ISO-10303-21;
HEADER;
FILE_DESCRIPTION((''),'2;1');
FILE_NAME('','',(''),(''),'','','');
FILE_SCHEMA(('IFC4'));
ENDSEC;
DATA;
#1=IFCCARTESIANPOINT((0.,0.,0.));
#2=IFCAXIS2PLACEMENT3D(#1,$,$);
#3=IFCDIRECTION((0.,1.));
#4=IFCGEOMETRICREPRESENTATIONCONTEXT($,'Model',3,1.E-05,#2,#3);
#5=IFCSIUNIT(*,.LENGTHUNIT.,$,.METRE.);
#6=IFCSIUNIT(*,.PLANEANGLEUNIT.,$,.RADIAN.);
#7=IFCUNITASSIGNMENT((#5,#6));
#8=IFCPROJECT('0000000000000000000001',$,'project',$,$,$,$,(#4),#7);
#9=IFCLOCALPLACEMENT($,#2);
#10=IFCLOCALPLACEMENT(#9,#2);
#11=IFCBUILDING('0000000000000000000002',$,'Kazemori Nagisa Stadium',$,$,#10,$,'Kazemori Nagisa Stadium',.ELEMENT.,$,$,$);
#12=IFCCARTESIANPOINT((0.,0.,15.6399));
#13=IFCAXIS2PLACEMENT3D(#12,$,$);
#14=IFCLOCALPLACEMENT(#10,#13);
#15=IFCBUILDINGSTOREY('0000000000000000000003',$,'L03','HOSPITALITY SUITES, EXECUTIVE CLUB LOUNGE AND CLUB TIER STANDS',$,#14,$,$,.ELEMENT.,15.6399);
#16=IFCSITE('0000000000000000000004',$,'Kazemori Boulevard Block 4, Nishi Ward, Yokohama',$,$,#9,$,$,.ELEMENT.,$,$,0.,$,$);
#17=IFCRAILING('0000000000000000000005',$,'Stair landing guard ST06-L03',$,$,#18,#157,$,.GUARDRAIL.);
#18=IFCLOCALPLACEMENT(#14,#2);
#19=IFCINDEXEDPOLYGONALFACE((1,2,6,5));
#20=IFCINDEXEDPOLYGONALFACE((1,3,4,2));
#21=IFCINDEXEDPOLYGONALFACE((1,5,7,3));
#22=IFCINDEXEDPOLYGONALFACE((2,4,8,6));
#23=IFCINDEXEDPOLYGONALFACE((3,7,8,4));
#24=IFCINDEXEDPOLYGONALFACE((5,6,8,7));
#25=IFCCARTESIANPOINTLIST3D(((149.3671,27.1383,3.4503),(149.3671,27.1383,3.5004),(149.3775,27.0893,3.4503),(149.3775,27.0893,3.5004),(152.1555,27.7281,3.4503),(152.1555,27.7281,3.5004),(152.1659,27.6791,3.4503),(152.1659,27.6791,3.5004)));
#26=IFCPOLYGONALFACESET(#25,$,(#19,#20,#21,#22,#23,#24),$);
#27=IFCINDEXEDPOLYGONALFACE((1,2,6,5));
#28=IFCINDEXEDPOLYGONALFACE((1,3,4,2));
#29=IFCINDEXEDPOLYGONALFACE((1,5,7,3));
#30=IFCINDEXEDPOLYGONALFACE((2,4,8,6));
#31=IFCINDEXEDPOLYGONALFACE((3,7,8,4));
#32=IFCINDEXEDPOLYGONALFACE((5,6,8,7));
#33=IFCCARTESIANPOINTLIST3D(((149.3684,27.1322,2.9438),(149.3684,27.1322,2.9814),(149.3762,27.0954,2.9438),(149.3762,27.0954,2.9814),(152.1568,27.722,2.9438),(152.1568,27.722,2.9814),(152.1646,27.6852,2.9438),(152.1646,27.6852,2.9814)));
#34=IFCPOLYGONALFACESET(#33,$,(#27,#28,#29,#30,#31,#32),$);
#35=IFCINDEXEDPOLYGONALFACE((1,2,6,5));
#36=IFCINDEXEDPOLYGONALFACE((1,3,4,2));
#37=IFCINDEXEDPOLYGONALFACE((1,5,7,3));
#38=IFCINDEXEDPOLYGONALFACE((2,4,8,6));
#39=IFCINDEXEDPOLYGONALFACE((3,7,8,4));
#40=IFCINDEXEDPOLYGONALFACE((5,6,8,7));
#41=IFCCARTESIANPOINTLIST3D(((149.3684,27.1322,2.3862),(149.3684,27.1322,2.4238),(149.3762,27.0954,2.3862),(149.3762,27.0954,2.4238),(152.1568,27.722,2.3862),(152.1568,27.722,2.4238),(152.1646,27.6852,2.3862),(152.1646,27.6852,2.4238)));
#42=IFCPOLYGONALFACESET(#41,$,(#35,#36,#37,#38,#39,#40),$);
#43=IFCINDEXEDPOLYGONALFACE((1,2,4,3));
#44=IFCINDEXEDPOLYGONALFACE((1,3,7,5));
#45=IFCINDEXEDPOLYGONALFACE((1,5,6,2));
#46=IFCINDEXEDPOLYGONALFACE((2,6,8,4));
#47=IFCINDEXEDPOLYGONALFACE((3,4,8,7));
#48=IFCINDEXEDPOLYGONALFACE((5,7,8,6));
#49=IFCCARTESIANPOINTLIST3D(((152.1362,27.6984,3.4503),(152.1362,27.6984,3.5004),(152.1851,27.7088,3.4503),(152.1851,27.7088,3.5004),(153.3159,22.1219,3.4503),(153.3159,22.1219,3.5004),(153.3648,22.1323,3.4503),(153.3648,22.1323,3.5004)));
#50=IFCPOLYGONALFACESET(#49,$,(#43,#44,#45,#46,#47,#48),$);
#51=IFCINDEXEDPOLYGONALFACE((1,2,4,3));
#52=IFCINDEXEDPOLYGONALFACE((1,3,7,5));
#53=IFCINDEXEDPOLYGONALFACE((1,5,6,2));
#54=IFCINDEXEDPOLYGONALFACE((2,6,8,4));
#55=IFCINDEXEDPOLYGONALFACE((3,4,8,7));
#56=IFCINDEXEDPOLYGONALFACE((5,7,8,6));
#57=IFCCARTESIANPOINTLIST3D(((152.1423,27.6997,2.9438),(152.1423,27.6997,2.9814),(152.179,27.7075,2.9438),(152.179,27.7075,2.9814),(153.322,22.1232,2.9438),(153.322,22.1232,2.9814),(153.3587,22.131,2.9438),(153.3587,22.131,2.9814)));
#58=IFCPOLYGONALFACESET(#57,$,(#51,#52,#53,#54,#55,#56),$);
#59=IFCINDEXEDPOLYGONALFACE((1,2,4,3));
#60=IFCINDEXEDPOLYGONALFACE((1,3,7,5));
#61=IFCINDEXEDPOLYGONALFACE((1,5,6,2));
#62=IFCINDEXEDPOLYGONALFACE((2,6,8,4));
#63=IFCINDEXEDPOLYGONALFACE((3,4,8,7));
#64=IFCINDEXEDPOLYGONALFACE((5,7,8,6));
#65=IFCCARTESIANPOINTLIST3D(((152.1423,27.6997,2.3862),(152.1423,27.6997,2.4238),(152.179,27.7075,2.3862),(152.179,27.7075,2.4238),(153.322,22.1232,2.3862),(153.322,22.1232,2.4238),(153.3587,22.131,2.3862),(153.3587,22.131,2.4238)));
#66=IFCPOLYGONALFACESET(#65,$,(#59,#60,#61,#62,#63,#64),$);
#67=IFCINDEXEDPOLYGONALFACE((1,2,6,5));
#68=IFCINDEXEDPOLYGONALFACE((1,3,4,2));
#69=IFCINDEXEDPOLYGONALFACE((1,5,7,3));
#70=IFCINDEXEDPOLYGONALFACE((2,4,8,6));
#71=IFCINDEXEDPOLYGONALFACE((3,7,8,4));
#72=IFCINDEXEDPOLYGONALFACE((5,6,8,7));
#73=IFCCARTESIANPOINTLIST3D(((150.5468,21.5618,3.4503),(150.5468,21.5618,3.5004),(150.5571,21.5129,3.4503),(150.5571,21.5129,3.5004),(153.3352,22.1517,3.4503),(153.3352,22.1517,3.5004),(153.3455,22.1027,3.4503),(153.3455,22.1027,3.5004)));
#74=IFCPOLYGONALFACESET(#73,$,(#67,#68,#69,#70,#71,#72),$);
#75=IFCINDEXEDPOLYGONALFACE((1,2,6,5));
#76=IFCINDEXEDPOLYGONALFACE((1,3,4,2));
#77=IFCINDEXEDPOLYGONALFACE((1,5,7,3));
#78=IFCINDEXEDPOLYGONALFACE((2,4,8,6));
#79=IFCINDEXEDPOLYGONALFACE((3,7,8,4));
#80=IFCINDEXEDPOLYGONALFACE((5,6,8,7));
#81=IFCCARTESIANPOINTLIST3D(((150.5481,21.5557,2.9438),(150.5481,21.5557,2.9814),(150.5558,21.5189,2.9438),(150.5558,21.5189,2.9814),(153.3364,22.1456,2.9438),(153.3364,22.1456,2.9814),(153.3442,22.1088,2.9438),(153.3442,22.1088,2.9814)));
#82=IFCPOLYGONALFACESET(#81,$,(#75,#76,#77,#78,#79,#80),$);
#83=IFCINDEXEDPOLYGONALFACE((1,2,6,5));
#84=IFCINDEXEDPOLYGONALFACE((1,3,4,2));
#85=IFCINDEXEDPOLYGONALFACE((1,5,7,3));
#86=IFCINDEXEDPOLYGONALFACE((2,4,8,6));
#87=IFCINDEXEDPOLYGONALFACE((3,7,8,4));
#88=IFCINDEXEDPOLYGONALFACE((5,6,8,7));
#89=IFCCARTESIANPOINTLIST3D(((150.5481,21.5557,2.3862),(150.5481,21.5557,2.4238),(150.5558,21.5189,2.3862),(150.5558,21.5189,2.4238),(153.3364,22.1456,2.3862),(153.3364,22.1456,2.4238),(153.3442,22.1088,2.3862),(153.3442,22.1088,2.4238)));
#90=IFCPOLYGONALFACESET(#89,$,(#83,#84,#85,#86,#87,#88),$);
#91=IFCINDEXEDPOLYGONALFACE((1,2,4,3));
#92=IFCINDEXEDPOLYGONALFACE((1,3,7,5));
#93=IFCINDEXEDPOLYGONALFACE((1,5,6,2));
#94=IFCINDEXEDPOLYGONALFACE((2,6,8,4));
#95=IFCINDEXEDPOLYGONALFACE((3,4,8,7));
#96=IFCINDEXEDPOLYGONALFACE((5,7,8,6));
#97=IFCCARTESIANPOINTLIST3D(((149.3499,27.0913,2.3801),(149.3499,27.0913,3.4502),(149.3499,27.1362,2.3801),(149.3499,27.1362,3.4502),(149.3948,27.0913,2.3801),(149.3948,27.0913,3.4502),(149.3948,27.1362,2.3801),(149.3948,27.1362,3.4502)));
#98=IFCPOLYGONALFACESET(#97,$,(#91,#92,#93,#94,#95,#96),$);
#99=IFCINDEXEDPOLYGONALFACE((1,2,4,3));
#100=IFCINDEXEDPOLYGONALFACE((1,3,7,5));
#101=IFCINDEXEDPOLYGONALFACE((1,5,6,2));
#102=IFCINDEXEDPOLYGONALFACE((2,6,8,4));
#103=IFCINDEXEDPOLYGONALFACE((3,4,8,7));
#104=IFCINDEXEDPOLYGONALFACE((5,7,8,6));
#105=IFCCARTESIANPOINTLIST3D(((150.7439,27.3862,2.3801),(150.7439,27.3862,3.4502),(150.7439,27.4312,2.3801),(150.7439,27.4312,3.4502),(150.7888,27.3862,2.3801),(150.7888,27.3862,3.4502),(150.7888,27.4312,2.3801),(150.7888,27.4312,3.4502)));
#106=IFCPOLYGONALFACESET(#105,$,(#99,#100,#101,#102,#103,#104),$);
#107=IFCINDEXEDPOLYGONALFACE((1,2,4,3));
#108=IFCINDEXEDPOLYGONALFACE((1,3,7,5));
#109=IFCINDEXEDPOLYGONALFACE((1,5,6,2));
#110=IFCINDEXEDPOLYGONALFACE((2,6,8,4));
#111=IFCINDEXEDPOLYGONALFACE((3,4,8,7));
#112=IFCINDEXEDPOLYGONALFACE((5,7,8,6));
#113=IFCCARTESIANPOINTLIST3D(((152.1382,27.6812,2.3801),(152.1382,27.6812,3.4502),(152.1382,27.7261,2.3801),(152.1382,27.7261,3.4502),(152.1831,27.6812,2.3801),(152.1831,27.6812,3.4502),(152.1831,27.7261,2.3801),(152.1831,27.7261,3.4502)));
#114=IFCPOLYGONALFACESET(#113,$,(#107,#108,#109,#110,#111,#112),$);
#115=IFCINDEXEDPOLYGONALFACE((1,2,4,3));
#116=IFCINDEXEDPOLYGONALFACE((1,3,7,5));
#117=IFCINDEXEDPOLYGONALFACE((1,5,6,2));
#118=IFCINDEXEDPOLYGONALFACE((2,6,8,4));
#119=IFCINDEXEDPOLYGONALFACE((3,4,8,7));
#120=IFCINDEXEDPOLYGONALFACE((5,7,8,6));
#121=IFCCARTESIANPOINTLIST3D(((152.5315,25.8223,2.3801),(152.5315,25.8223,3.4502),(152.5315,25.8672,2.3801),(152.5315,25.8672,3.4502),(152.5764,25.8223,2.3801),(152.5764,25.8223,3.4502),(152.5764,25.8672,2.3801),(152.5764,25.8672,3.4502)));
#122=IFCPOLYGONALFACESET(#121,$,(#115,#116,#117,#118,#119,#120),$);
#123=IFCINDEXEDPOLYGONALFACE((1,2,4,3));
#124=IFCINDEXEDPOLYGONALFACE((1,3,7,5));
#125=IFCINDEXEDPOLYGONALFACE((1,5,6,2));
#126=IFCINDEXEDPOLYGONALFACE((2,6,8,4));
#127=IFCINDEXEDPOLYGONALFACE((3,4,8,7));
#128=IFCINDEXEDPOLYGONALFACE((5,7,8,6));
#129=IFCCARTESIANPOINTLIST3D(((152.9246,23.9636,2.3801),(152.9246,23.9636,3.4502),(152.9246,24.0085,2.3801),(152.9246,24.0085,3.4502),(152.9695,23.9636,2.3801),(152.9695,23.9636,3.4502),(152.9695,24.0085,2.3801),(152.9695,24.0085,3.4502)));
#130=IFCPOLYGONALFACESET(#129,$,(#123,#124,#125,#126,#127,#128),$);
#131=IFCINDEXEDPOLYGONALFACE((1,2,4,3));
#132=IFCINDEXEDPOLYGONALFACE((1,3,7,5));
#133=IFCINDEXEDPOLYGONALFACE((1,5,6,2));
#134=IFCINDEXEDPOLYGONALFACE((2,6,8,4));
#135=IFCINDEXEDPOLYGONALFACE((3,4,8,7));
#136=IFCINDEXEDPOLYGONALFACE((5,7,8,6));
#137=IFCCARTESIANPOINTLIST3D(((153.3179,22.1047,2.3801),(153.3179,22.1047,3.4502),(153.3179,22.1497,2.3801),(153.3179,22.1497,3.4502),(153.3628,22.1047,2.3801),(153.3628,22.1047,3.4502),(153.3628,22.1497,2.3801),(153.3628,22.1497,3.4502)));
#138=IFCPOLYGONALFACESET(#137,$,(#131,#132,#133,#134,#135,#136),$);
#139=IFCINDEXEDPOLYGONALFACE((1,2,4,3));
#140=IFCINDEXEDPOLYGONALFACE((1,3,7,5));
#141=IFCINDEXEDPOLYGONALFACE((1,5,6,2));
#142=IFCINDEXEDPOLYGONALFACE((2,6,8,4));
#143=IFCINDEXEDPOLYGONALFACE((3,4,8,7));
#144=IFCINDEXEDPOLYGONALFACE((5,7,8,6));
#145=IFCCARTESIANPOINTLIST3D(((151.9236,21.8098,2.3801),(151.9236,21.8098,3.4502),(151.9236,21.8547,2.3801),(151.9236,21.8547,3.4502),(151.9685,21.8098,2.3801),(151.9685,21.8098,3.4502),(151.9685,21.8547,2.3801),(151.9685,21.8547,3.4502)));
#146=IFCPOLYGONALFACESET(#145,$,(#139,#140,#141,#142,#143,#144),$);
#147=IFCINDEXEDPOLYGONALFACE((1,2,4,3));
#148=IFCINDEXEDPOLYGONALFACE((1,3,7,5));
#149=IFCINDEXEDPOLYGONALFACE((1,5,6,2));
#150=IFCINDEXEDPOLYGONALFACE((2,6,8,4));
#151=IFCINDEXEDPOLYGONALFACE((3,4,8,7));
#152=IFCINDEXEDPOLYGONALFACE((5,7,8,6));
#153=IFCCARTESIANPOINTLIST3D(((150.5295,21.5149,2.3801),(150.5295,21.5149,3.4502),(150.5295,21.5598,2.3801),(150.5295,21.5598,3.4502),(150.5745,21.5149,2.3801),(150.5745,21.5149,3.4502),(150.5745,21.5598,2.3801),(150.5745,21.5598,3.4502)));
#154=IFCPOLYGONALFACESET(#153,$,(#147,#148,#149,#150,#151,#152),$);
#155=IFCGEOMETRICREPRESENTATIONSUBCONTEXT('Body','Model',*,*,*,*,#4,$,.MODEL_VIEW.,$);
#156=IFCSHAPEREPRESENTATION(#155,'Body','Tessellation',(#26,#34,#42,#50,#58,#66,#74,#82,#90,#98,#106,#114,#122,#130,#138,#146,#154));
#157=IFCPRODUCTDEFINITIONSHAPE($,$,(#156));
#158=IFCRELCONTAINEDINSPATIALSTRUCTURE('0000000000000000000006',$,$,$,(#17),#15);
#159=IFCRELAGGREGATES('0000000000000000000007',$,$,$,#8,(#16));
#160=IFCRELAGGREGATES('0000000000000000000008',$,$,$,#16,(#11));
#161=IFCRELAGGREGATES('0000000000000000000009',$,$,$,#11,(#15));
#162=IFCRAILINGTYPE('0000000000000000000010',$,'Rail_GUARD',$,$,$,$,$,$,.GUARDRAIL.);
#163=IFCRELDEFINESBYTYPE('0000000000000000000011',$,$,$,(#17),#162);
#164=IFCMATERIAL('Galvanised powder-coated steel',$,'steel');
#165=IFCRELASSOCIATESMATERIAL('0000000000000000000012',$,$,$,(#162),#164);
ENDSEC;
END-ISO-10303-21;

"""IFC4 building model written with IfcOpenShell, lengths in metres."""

from ifc_helpers import new_model, si_unit, direction, frame, origin, origin_2d, place, context, subcontext, project, spatial, rectangle, extrude, material, type_object, element, save


model = new_model("IFC4")

# Units and contexts
model_context = context("Model", 3, precision=1e-05, world=origin(), true_north=direction((0.0, 1.0)))
body_context = subcontext(model_context, "Body", "Model", "MODEL_VIEW")
ifc_project = project(units=[si_unit("LENGTHUNIT", "METRE"), si_unit("PLANEANGLEUNIT", "RADIAN")], contexts=[model_context])

# Site, building, storey
site_placement = place(None, origin())
site = spatial("IfcSite", under=ifc_project, at=site_placement, Name="Kazemori Boulevard Block 4, Nishi Ward, Yokohama", CompositionType="ELEMENT", RefElevation=0.0)
building_placement = place(site_placement, origin())
building = spatial("IfcBuilding", under=site, at=building_placement, Name="Kazemori Nagisa Stadium", LongName="Kazemori Nagisa Stadium", CompositionType="ELEMENT")
storey_placement = place(building_placement, frame((0.0, 0.0, 15.6399)))
storey = spatial("IfcBuildingStorey", under=building, at=storey_placement, Name="L03", Description="HOSPITALITY SUITES, EXECUTIVE CLUB LOUNGE AND CLUB TIER STANDS", CompositionType="ELEMENT", Elevation=15.6399)

# Railing
ifc_material_1 = material(Name="Galvanised powder-coated steel", Category="steel")
railing_type_1 = type_object("IfcRailingType", Name="Rail_GUARD", PredefinedType="GUARDRAIL", material=ifc_material_1)
railing_1_placement = place(storey_placement, frame((149.3723, 27.1138, 2.3801)))
element("IfcRailing", 1, at=railing_1_placement, inside=storey, type_object=railing_type_1, Name="Stair landing guard ST06-L03", PredefinedType="GUARDRAIL", context=body_context, shape_type="SweptSolid", body=[
    extrude(rectangle(XDim=0.05, YDim=0.05, at=origin_2d()), frame((0.0, 0.0, 1.0952), z_axis=(0.978349, 0.20696, 0.0), x_axis=(-0.20696, 0.978349, 0.0)), (0.0, 0.0, 1.0), 2.8501),
    extrude(rectangle(XDim=0.0376, YDim=0.0376, at=origin_2d()), frame((0.0, 0.0, 0.5825), z_axis=(0.978349, 0.20696, 0.0), x_axis=(-0.20696, 0.978349, 0.0)), (0.0, 0.0, 1.0), 2.8501),
    extrude(rectangle(XDim=0.0376, YDim=0.0376, at=origin_2d()), frame((0.0, 0.0, 0.0249), z_axis=(0.978349, 0.20696, 0.0), x_axis=(-0.20696, 0.978349, 0.0)), (0.0, 0.0, 1.0), 2.8501),
    extrude(rectangle(XDim=0.05, YDim=0.05, at=origin_2d()), frame((2.7883, 0.5898, 1.0952), z_axis=(0.206969, -0.978348, 0.0), x_axis=(0.978348, 0.206969, 0.0)), (0.0, 0.0, 1.0), 5.7),
    extrude(rectangle(XDim=0.0376, YDim=0.0376, at=origin_2d()), frame((2.7883, 0.5898, 0.5825), z_axis=(0.206969, -0.978348, 0.0), x_axis=(0.978348, 0.206969, 0.0)), (0.0, 0.0, 1.0), 5.7),
    extrude(rectangle(XDim=0.0376, YDim=0.0376, at=origin_2d()), frame((2.7883, 0.5898, 0.0249), z_axis=(0.206969, -0.978348, 0.0), x_axis=(0.978348, 0.206969, 0.0)), (0.0, 0.0, 1.0), 5.7),
    extrude(rectangle(XDim=0.05, YDim=0.05, at=origin_2d()), frame((3.968, -4.9866, 1.0952), z_axis=(-0.978349, -0.20696, 0.0), x_axis=(0.20696, -0.978349, 0.0)), (0.0, 0.0, 1.0), 2.8501),
    extrude(rectangle(XDim=0.0376, YDim=0.0376, at=origin_2d()), frame((3.968, -4.9866, 0.5825), z_axis=(-0.978349, -0.20696, 0.0), x_axis=(0.20696, -0.978349, 0.0)), (0.0, 0.0, 1.0), 2.8501),
    extrude(rectangle(XDim=0.0376, YDim=0.0376, at=origin_2d()), frame((3.968, -4.9866, 0.0249), z_axis=(-0.978349, -0.20696, 0.0), x_axis=(0.20696, -0.978349, 0.0)), (0.0, 0.0, 1.0), 2.8501),
    extrude(rectangle(XDim=0.0449, YDim=0.0449, at=origin_2d()), origin(), (0.0, 0.0, 1.0), 1.0701),
    extrude(rectangle(XDim=0.0449, YDim=0.0449, at=origin_2d()), frame((1.394, 0.2949, 0.0)), (0.0, 0.0, 1.0), 1.0701),
    extrude(rectangle(XDim=0.0449, YDim=0.0449, at=origin_2d()), frame((2.7883, 0.5898, 0.0)), (0.0, 0.0, 1.0), 1.0701),
    extrude(rectangle(XDim=0.0449, YDim=0.0449, at=origin_2d()), frame((3.1816, -1.269, 0.0)), (0.0, 0.0, 1.0), 1.0701),
    extrude(rectangle(XDim=0.0449, YDim=0.0449, at=origin_2d()), frame((3.5747, -3.1277, 0.0)), (0.0, 0.0, 1.0), 1.0701),
    extrude(rectangle(XDim=0.0449, YDim=0.0449, at=origin_2d()), frame((3.968, -4.9866, 0.0)), (0.0, 0.0, 1.0), 1.0701),
    extrude(rectangle(XDim=0.0449, YDim=0.0449, at=origin_2d()), frame((2.5737, -5.2815, 0.0)), (0.0, 0.0, 1.0), 1.0701),
    extrude(rectangle(XDim=0.0449, YDim=0.0449, at=origin_2d()), frame((1.1797, -5.5764, 0.0)), (0.0, 0.0, 1.0), 1.0701),
])

save(model, "model.ifc")
